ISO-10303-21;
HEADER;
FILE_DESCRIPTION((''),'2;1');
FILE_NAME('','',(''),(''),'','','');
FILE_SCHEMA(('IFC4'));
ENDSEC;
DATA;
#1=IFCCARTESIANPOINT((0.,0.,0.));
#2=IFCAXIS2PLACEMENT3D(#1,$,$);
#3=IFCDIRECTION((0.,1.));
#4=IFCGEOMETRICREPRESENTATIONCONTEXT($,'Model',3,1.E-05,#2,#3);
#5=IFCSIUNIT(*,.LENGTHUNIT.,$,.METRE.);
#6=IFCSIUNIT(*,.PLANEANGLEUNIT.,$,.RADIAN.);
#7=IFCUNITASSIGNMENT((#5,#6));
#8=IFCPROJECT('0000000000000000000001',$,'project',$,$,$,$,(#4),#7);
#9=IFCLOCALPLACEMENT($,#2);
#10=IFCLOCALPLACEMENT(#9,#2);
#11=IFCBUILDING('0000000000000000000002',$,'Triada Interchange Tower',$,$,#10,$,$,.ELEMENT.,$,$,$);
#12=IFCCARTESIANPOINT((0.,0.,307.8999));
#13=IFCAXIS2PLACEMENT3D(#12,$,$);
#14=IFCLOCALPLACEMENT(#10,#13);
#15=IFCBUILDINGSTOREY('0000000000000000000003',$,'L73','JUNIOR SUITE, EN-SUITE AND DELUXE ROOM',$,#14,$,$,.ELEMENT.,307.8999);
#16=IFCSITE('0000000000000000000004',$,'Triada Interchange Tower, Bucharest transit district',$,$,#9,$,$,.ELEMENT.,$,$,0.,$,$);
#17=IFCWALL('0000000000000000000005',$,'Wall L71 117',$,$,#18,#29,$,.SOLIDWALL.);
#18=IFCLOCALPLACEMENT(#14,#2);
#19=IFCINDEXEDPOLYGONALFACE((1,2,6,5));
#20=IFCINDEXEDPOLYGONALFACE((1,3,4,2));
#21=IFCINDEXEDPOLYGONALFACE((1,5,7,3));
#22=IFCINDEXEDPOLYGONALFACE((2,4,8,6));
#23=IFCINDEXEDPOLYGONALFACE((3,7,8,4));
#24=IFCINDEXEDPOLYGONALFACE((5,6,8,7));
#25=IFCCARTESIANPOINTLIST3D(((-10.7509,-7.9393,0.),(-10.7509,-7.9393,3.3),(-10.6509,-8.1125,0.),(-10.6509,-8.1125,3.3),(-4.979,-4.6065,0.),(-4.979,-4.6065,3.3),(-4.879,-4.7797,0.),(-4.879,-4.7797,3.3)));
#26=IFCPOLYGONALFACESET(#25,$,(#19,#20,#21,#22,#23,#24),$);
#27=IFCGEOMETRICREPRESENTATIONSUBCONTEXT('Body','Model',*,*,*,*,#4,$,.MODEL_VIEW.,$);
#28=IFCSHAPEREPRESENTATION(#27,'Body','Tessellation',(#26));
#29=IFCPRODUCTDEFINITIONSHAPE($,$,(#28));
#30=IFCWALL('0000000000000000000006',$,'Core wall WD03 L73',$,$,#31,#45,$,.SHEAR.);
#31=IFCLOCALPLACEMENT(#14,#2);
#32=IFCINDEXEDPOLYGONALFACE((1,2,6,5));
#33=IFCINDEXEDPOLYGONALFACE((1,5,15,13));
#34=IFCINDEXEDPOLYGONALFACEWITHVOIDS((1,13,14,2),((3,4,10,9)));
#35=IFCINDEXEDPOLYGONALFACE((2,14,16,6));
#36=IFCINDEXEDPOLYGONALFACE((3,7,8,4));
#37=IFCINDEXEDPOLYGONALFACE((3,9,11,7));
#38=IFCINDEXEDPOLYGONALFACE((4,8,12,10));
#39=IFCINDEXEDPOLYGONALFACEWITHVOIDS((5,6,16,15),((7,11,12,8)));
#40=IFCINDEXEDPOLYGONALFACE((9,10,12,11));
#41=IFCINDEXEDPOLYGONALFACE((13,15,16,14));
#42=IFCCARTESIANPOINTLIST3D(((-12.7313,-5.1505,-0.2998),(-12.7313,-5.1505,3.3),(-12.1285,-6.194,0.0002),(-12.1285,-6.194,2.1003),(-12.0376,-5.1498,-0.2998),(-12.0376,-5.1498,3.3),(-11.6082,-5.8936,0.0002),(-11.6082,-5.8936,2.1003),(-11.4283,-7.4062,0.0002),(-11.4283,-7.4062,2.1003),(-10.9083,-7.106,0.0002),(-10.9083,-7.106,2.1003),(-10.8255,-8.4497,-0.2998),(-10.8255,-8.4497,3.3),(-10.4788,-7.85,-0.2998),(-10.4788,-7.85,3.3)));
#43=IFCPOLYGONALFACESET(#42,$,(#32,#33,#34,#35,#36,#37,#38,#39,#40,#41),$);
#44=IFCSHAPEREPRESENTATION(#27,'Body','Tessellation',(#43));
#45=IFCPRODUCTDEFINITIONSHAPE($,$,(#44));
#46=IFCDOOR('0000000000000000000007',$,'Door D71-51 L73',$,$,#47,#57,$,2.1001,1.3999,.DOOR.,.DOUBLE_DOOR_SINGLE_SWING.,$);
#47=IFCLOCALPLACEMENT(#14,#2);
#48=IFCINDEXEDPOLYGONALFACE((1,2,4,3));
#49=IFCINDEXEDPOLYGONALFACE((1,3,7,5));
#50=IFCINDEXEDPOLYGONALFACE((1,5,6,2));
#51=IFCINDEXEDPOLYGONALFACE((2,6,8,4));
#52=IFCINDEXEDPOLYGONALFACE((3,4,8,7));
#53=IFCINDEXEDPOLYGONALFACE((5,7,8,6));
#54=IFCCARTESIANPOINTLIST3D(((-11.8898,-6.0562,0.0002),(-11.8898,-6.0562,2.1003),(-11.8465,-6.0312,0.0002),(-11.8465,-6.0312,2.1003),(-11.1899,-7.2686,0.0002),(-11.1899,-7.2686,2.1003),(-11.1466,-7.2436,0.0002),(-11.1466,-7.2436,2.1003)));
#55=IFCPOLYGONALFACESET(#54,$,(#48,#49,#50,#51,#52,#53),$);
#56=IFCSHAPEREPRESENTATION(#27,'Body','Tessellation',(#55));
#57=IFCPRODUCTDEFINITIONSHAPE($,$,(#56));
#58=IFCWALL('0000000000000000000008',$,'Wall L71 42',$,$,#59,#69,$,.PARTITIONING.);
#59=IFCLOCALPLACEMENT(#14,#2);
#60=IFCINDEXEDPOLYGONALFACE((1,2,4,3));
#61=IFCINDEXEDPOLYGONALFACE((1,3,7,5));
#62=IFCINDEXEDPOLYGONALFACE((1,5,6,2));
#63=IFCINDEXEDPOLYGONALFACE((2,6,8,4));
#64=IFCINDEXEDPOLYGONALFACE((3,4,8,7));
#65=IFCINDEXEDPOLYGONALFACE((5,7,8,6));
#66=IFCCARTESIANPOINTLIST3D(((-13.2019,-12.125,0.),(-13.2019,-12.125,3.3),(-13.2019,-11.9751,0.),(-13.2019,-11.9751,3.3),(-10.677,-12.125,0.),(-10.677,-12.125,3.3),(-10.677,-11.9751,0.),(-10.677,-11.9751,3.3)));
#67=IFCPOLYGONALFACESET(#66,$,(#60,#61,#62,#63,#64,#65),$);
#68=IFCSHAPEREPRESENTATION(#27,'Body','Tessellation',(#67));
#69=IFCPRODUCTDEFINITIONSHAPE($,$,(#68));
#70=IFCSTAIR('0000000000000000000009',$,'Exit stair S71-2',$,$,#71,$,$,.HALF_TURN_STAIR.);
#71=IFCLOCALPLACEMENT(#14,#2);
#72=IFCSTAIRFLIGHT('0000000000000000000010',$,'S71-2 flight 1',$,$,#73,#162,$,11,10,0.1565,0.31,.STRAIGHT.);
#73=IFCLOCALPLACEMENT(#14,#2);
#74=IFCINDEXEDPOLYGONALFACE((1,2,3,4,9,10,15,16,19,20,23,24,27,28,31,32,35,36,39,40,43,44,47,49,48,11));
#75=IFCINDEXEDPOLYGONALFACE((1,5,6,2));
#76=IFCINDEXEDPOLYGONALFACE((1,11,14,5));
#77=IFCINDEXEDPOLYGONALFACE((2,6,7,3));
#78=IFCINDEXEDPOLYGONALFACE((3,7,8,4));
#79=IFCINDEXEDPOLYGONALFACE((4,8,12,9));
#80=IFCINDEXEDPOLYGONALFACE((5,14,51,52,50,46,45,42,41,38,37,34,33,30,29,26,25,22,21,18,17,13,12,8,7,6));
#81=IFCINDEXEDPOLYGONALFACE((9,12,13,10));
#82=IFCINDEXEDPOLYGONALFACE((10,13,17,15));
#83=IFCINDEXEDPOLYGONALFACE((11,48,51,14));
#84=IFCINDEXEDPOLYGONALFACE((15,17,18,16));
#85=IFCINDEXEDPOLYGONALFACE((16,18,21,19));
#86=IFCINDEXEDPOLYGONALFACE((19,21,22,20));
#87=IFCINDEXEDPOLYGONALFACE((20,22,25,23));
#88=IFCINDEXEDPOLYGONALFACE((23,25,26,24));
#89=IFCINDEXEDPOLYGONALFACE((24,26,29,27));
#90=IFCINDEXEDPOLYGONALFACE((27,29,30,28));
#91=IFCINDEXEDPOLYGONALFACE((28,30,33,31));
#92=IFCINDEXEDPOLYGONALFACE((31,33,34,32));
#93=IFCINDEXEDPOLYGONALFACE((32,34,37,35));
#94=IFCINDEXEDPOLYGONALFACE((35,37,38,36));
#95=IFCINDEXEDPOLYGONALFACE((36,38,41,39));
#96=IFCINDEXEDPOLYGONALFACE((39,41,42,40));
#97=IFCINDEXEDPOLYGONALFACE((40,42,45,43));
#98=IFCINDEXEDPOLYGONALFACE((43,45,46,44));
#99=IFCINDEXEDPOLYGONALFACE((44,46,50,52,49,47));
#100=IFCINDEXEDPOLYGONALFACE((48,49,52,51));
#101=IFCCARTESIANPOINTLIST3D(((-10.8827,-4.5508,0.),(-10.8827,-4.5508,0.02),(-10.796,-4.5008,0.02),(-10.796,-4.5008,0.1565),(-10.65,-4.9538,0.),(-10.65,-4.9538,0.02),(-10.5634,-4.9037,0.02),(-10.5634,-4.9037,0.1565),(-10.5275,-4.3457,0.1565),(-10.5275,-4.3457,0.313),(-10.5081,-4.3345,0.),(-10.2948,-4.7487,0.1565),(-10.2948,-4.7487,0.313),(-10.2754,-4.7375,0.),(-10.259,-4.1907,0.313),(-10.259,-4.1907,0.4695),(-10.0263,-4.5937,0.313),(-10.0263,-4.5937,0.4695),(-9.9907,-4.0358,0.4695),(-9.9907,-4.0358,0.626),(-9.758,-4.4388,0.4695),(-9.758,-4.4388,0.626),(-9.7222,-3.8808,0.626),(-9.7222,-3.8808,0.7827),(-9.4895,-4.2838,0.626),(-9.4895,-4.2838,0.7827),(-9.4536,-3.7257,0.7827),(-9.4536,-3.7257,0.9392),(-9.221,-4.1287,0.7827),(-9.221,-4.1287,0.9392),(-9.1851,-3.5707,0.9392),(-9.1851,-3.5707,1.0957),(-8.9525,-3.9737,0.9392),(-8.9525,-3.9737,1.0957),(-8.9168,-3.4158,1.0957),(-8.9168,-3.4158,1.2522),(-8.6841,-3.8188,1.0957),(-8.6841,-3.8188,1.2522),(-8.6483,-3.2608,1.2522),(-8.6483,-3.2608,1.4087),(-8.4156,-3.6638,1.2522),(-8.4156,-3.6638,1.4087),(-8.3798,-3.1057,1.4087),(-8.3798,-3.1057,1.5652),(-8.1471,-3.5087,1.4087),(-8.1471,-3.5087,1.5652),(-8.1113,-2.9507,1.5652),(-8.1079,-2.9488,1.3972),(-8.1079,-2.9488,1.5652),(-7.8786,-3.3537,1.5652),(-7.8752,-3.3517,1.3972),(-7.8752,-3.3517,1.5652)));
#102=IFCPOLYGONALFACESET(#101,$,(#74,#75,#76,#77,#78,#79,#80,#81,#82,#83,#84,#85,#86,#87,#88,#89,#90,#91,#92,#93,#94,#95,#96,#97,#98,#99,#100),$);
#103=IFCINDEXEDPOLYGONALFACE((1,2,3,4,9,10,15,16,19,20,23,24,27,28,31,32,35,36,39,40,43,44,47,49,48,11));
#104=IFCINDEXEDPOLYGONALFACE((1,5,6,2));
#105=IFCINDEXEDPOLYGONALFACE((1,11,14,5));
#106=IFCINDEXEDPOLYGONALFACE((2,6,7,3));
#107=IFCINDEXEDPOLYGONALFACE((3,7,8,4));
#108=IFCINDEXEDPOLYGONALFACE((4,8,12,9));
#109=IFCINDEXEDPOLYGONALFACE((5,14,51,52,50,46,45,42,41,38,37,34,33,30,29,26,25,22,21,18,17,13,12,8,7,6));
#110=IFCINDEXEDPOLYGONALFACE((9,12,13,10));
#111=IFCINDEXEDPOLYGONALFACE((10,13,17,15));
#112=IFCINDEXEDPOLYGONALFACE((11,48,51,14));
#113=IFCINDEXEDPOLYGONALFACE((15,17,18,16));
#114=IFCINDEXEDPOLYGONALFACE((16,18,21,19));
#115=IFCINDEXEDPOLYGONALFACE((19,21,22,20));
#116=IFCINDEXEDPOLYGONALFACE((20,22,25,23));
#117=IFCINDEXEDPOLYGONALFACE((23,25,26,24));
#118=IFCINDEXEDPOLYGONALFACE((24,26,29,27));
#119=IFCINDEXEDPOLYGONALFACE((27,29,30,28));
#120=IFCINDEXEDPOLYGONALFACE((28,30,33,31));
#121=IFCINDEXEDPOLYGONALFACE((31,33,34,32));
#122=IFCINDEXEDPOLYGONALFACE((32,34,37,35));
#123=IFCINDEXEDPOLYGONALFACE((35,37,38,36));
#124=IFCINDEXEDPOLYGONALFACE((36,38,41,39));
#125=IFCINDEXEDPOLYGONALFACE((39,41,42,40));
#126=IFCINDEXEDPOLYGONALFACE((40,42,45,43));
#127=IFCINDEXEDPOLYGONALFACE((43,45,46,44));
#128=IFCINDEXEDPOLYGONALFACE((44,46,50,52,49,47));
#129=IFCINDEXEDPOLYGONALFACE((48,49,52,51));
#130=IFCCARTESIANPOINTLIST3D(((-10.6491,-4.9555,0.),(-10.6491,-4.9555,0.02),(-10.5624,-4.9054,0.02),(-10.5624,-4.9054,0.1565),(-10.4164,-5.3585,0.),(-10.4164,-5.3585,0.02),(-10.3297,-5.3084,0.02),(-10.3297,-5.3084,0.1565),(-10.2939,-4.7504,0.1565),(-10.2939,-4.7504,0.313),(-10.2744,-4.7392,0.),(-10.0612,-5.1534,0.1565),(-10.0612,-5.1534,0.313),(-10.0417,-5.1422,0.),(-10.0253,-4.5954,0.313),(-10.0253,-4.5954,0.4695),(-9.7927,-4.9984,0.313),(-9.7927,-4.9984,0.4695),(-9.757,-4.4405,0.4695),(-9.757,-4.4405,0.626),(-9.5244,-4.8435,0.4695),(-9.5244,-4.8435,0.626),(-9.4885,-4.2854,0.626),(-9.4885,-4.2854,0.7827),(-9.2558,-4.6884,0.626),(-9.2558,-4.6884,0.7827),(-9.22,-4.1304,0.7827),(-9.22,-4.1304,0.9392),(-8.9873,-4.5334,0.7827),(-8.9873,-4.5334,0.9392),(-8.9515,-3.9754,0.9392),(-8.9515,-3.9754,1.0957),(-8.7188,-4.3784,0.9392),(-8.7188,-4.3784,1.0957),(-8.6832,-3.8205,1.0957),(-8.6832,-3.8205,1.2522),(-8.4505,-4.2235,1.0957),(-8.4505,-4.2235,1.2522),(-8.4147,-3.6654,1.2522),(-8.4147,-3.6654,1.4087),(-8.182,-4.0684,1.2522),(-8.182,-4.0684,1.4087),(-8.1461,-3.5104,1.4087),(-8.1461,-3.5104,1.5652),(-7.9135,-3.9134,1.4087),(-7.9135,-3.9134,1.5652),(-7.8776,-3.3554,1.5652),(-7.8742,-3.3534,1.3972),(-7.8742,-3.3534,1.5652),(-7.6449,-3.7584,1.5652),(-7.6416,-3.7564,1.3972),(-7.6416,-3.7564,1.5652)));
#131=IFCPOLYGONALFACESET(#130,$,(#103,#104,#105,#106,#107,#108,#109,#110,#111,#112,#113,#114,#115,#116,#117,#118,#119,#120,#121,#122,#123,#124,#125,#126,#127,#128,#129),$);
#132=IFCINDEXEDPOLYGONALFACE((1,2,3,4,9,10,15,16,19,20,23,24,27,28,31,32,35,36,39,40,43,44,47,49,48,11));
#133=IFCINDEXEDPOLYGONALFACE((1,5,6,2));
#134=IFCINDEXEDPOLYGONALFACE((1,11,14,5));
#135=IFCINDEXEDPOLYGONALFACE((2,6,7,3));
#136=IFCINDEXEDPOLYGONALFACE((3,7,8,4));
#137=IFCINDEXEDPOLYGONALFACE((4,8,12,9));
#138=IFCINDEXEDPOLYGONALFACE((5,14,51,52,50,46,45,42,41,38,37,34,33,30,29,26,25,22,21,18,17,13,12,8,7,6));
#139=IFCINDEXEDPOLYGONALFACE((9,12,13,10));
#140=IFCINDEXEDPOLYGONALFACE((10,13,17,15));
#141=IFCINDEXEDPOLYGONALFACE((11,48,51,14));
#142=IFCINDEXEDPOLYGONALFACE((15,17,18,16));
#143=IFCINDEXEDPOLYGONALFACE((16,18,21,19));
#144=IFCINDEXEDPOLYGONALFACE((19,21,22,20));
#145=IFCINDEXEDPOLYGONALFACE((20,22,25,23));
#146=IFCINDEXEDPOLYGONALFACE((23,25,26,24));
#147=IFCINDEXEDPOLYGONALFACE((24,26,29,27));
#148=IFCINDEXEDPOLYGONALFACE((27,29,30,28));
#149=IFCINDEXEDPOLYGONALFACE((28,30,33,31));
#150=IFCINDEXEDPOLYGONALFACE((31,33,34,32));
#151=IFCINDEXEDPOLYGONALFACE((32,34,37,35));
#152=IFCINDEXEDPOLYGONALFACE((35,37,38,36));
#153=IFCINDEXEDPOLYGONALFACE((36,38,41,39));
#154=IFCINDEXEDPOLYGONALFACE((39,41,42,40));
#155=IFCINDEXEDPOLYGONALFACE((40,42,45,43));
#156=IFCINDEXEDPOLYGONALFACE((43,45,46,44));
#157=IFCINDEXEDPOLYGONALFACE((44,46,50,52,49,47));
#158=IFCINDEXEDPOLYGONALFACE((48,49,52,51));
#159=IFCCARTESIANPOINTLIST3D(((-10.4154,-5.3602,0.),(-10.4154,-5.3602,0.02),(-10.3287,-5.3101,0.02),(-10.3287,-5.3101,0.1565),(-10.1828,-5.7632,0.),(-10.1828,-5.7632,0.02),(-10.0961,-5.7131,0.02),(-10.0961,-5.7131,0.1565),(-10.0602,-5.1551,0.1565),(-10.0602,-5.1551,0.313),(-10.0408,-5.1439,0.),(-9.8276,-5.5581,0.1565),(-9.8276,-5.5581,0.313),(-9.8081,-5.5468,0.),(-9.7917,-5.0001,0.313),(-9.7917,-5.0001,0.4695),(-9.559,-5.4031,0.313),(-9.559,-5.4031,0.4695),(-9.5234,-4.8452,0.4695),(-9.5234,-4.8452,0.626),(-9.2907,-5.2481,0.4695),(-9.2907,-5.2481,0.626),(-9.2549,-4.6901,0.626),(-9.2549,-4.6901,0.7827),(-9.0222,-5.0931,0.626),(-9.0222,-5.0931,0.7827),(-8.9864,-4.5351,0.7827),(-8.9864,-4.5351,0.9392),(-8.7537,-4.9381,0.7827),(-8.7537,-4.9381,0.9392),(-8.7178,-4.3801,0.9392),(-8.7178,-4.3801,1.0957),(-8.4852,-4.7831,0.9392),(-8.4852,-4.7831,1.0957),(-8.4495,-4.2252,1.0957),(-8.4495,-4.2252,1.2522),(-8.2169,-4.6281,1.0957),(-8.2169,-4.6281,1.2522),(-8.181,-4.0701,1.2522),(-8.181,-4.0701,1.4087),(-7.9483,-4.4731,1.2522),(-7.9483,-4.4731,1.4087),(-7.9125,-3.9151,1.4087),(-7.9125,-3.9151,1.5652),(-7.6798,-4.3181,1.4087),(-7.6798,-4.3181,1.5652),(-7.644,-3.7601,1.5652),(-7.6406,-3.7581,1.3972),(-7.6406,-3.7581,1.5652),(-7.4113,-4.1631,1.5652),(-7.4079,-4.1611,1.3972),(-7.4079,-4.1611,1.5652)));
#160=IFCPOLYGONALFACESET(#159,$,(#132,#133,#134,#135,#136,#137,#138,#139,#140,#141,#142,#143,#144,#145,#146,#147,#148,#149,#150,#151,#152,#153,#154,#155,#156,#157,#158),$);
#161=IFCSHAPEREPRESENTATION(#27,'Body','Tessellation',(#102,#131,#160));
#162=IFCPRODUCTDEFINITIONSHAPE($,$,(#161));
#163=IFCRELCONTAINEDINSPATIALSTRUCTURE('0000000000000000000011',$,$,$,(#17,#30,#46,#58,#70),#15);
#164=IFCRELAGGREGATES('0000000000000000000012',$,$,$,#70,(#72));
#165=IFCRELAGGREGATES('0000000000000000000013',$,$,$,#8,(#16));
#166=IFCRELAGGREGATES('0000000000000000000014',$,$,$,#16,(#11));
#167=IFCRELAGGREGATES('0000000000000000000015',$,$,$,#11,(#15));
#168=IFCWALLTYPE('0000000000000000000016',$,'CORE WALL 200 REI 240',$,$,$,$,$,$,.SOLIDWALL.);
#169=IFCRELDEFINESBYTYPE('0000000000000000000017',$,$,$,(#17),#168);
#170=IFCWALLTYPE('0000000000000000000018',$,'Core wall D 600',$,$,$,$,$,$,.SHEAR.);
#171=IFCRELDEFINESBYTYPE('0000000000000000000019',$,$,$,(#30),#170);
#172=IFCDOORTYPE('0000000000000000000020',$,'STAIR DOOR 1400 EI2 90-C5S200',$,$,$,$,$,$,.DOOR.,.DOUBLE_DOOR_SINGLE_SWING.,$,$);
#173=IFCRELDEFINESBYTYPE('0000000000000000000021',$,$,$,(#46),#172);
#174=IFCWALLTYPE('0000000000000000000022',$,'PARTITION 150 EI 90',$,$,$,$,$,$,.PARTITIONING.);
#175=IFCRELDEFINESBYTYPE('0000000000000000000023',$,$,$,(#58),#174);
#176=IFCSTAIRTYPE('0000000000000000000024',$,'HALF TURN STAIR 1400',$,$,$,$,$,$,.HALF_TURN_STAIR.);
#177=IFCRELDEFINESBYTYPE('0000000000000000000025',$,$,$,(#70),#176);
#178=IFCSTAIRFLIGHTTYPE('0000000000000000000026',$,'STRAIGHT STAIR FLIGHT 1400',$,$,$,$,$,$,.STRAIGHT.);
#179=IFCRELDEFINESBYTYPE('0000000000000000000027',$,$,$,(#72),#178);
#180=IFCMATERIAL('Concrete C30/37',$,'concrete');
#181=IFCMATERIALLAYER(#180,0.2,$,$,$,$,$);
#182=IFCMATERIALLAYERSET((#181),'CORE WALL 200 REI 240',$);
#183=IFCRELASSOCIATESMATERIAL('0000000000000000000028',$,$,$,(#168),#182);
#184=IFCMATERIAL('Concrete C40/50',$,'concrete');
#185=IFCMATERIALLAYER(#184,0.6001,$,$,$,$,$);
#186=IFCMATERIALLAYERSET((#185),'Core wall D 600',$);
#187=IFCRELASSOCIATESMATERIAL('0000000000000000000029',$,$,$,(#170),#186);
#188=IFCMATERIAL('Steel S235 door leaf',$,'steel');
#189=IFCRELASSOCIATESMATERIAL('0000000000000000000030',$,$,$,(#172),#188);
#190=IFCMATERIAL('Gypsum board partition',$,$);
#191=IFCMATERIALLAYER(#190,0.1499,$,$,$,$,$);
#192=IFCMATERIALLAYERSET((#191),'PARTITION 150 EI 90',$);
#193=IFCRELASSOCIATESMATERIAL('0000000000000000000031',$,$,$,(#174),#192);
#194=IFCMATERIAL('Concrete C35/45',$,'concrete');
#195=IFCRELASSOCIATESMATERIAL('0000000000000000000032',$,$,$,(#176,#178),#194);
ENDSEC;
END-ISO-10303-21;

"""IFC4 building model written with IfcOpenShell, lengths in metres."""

from ifc_helpers import new_model, si_unit, direction, frame, frame_2d, origin, place, context, subcontext, project, spatial, polyline, rectangle, outline, extrude, material, layer, layer_set, type_object, element, fill, aggregate, save


model = new_model("IFC4")

# Units and contexts
model_context = context("Model", 3, precision=1e-05, world=origin(), true_north=direction((0.0, 1.0)))
body_context = subcontext(model_context, "Body", "Model", "MODEL_VIEW")
ifc_project = project(units=[si_unit("LENGTHUNIT", "METRE"), si_unit("PLANEANGLEUNIT", "RADIAN")], contexts=[model_context])

# Site, building, storey
site_placement = place(None, origin())
site = spatial("IfcSite", under=ifc_project, at=site_placement, Name="Triada Interchange Tower, Bucharest transit district", CompositionType="ELEMENT", RefElevation=0.0)
building_placement = place(site_placement, origin())
building = spatial("IfcBuilding", under=site, at=building_placement, Name="Triada Interchange Tower", CompositionType="ELEMENT")
storey_placement = place(building_placement, frame((0.0, 0.0, 307.8999)))
storey = spatial("IfcBuildingStorey", under=building, at=storey_placement, Name="L73", Description="JUNIOR SUITE, EN-SUITE AND DELUXE ROOM", CompositionType="ELEMENT", Elevation=307.8999)

# Shared definitions
ifc_material_1 = material(Name="Concrete C30/37", Category="concrete")

# Shared definitions
ifc_material_2 = material(Name="Steel S235 door leaf", Category="steel")

# Wall
ifc_layer_1 = layer(ifc_material_1, 0.2)
ifc_layer_set_1 = layer_set([ifc_layer_1], Name="CORE WALL 200 REI 240")
wall_type_1 = type_object("IfcWallType", Name="CORE WALL 200 REI 240", PredefinedType="SOLIDWALL", material=ifc_layer_set_1)
wall_1_placement = place(storey_placement, frame((-10.7009, -8.0259, 0.0), z_axis=(0.0, 0.0, 1.0), x_axis=(0.866005, 0.500035, 0.0)))
element("IfcWall", 1, at=wall_1_placement, inside=storey, type_object=wall_type_1, Name="Wall L71 117", PredefinedType="SOLIDWALL", context=body_context, shape_type="SweptSolid", body=[
    extrude(rectangle(XDim=6.665, YDim=0.2, at=frame_2d((3.3325, 0.0))), origin(), (0.0, 0.0, 1.0), 3.3),
])

# Wall, opening, door
ifc_material_3 = material(Name="Concrete C40/50", Category="concrete")
ifc_layer_2 = layer(ifc_material_3, 0.6001)
ifc_layer_set_2 = layer_set([ifc_layer_2], Name="Core wall D 600")
wall_type_2 = type_object("IfcWallType", Name="Core wall D 600", PredefinedType="SHEAR", material=ifc_layer_set_2)
wall_2_placement = place(storey_placement, frame((-12.384, -5.1499, -0.2998), z_axis=(0.0, 0.0, 1.0), x_axis=(0.499975, -0.86604, 0.0)))
wall_2 = element("IfcWall", 2, at=wall_2_placement, inside=storey, type_object=wall_type_2, Name="Core wall WD03 L73", PredefinedType="SHEAR", context=body_context, shape_type="SweptSolid", body=[
    extrude(outline(polyline([(-0.1731, -0.301), (1.7319, -0.3005), (3.637, -0.3), (3.291, 0.3), (1.7319, 0.3), (0.1731, 0.3), (-0.1731, -0.301)])), origin(), (0.0, 0.0, 1.0), 3.5999),
])
opening_1_placement = place(wall_2_placement, frame((1.032, 0.0, 0.3)))
opening_1 = element("IfcOpeningElement", 3, at=opening_1_placement, cuts=wall_2, PredefinedType="OPENING", context=body_context, shape_type="SweptSolid", body=[
    extrude(rectangle(XDim=1.3999, YDim=2.1001, at=frame_2d((0.7, 1.05))), frame((0.0, 0.3101, 0.0), z_axis=(0.0, -1.0, 0.0), x_axis=(1.0, 0.0, 0.0)), (0.0, 0.0, 1.0), 0.6211),
])
door_type_1 = type_object("IfcDoorType", Name="STAIR DOOR 1400 EI2 90-C5S200", OperationType="DOUBLE_DOOR_SINGLE_SWING", PredefinedType="DOOR", material=ifc_material_2)
door_1_placement = place(opening_1_placement, origin())
door_1 = element("IfcDoor", 4, at=door_1_placement, inside=storey, type_object=door_type_1, Name="Door D71-51 L73", OperationType="DOUBLE_DOOR_SINGLE_SWING", OverallHeight=2.1001, OverallWidth=1.3999, PredefinedType="DOOR", context=body_context, shape_type="SweptSolid", body=[
    extrude(rectangle(XDim=1.3999, YDim=2.1001, at=frame_2d((0.7, 1.05))), frame((0.0, 0.0249, 0.0), z_axis=(0.0, -1.0, 0.0), x_axis=(1.0, 0.0, 0.0)), (0.0, 0.0, 1.0), 0.05),
])
fill(opening_1, door_1)

# Wall
ifc_material_4 = material(Name="Gypsum board partition")
ifc_layer_3 = layer(ifc_material_4, 0.1499)
ifc_layer_set_3 = layer_set([ifc_layer_3], Name="PARTITION 150 EI 90")
wall_type_3 = type_object("IfcWallType", Name="PARTITION 150 EI 90", PredefinedType="PARTITIONING", material=ifc_layer_set_3)
wall_3_placement = place(storey_placement, frame((-13.2019, -12.05, 0.0), z_axis=(0.0, 0.0, 1.0), x_axis=(1.0, 0.0, 0.0)))
element("IfcWall", 5, at=wall_3_placement, inside=storey, type_object=wall_type_3, Name="Wall L71 42", PredefinedType="PARTITIONING", context=body_context, shape_type="SweptSolid", body=[
    extrude(rectangle(XDim=2.5249, YDim=0.1499, at=frame_2d((1.2625, 0.0))), origin(), (0.0, 0.0, 1.0), 3.3),
])

# Stair, stair flight
ifc_material_5 = material(Name="Concrete C35/45", Category="concrete")
stair_type = type_object("IfcStairType", Name="HALF TURN STAIR 1400", PredefinedType="HALF_TURN_STAIR", material=ifc_material_5)
stair_placement = place(storey_placement, origin())
stair = element("IfcStair", 6, at=stair_placement, inside=storey, type_object=stair_type, Name="Exit stair S71-2", PredefinedType="HALF_TURN_STAIR")
stair_flight_type = type_object("IfcStairFlightType", Name="STRAIGHT STAIR FLIGHT 1400", PredefinedType="STRAIGHT", material=ifc_material_5)
stair_flight_1_placement = place(storey_placement, frame((-10.446, -5.1069, 0.0), z_axis=(0.0, 0.0, 1.0), x_axis=(0.866025, 0.5, 0.0)))
stair_flight_1 = element("IfcStairFlight", 7, at=stair_flight_1_placement, type_object=stair_flight_type, Name="S71-2 flight 1", NumberOfRisers=11, NumberOfTreads=10, PredefinedType="STRAIGHT", RiserHeight=0.1565, TreadLength=0.31, context=body_context, shape_type="SweptSolid", body=[
    extrude(outline(polyline([(-0.1001, 0.0), (-0.1001, 0.02), (0.0, 0.02), (0.0, 0.1565), (0.3101, 0.1565), (0.3101, 0.313), (0.6201, 0.313), (0.6201, 0.4695), (0.9299, 0.4695), (0.9299, 0.626), (1.24, 0.626), (1.24, 0.7827), (1.55, 0.7827), (1.55, 0.9392), (1.8601, 0.9392), (1.8601, 1.0957), (2.1699, 1.0957), (2.1699, 1.2522), (2.48, 1.2522), (2.48, 1.4087), (2.79, 1.4087), (2.79, 1.5652), (3.1001, 1.5652), (3.104, 1.5652), (3.104, 1.7217), (3.104, 1.3972), (0.3325, 0.0), (-0.1001, 0.0)])), frame((0.0, 0.7, 0.0), z_axis=(0.0, -1.0, 0.0), x_axis=(1.0, 0.0, 0.0)), (0.0, 0.0, 1.0), 0.4653),
    extrude(outline(polyline([(-0.1001, 0.0), (-0.1001, 0.02), (0.0, 0.02), (0.0, 0.1565), (0.3101, 0.1565), (0.3101, 0.313), (0.6201, 0.313), (0.6201, 0.4695), (0.9299, 0.4695), (0.9299, 0.626), (1.24, 0.626), (1.24, 0.7827), (1.55, 0.7827), (1.55, 0.9392), (1.8601, 0.9392), (1.8601, 1.0957), (2.1699, 1.0957), (2.1699, 1.2522), (2.48, 1.2522), (2.48, 1.4087), (2.79, 1.4087), (2.79, 1.5652), (3.1001, 1.5652), (3.104, 1.5652), (3.104, 1.7217), (3.104, 1.3972), (0.3325, 0.0), (-0.1001, 0.0)])), frame((0.0, 0.2327, 0.0), z_axis=(0.0, -1.0, 0.0), x_axis=(1.0, 0.0, 0.0)), (0.0, 0.0, 1.0), 0.4653),
    extrude(outline(polyline([(-0.1001, 0.0), (-0.1001, 0.02), (0.0, 0.02), (0.0, 0.1565), (0.3101, 0.1565), (0.3101, 0.313), (0.6201, 0.313), (0.6201, 0.4695), (0.9299, 0.4695), (0.9299, 0.626), (1.24, 0.626), (1.24, 0.7827), (1.55, 0.7827), (1.55, 0.9392), (1.8601, 0.9392), (1.8601, 1.0957), (2.1699, 1.0957), (2.1699, 1.2522), (2.48, 1.2522), (2.48, 1.4087), (2.79, 1.4087), (2.79, 1.5652), (3.1001, 1.5652), (3.104, 1.5652), (3.104, 1.7217), (3.104, 1.3972), (0.3325, 0.0), (-0.1001, 0.0)])), frame((0.0, -0.2346, 0.0), z_axis=(0.0, -1.0, 0.0), x_axis=(1.0, 0.0, 0.0)), (0.0, 0.0, 1.0), 0.4653),
])
aggregate(stair, [stair_flight_1])

save(model, "model.ifc")
